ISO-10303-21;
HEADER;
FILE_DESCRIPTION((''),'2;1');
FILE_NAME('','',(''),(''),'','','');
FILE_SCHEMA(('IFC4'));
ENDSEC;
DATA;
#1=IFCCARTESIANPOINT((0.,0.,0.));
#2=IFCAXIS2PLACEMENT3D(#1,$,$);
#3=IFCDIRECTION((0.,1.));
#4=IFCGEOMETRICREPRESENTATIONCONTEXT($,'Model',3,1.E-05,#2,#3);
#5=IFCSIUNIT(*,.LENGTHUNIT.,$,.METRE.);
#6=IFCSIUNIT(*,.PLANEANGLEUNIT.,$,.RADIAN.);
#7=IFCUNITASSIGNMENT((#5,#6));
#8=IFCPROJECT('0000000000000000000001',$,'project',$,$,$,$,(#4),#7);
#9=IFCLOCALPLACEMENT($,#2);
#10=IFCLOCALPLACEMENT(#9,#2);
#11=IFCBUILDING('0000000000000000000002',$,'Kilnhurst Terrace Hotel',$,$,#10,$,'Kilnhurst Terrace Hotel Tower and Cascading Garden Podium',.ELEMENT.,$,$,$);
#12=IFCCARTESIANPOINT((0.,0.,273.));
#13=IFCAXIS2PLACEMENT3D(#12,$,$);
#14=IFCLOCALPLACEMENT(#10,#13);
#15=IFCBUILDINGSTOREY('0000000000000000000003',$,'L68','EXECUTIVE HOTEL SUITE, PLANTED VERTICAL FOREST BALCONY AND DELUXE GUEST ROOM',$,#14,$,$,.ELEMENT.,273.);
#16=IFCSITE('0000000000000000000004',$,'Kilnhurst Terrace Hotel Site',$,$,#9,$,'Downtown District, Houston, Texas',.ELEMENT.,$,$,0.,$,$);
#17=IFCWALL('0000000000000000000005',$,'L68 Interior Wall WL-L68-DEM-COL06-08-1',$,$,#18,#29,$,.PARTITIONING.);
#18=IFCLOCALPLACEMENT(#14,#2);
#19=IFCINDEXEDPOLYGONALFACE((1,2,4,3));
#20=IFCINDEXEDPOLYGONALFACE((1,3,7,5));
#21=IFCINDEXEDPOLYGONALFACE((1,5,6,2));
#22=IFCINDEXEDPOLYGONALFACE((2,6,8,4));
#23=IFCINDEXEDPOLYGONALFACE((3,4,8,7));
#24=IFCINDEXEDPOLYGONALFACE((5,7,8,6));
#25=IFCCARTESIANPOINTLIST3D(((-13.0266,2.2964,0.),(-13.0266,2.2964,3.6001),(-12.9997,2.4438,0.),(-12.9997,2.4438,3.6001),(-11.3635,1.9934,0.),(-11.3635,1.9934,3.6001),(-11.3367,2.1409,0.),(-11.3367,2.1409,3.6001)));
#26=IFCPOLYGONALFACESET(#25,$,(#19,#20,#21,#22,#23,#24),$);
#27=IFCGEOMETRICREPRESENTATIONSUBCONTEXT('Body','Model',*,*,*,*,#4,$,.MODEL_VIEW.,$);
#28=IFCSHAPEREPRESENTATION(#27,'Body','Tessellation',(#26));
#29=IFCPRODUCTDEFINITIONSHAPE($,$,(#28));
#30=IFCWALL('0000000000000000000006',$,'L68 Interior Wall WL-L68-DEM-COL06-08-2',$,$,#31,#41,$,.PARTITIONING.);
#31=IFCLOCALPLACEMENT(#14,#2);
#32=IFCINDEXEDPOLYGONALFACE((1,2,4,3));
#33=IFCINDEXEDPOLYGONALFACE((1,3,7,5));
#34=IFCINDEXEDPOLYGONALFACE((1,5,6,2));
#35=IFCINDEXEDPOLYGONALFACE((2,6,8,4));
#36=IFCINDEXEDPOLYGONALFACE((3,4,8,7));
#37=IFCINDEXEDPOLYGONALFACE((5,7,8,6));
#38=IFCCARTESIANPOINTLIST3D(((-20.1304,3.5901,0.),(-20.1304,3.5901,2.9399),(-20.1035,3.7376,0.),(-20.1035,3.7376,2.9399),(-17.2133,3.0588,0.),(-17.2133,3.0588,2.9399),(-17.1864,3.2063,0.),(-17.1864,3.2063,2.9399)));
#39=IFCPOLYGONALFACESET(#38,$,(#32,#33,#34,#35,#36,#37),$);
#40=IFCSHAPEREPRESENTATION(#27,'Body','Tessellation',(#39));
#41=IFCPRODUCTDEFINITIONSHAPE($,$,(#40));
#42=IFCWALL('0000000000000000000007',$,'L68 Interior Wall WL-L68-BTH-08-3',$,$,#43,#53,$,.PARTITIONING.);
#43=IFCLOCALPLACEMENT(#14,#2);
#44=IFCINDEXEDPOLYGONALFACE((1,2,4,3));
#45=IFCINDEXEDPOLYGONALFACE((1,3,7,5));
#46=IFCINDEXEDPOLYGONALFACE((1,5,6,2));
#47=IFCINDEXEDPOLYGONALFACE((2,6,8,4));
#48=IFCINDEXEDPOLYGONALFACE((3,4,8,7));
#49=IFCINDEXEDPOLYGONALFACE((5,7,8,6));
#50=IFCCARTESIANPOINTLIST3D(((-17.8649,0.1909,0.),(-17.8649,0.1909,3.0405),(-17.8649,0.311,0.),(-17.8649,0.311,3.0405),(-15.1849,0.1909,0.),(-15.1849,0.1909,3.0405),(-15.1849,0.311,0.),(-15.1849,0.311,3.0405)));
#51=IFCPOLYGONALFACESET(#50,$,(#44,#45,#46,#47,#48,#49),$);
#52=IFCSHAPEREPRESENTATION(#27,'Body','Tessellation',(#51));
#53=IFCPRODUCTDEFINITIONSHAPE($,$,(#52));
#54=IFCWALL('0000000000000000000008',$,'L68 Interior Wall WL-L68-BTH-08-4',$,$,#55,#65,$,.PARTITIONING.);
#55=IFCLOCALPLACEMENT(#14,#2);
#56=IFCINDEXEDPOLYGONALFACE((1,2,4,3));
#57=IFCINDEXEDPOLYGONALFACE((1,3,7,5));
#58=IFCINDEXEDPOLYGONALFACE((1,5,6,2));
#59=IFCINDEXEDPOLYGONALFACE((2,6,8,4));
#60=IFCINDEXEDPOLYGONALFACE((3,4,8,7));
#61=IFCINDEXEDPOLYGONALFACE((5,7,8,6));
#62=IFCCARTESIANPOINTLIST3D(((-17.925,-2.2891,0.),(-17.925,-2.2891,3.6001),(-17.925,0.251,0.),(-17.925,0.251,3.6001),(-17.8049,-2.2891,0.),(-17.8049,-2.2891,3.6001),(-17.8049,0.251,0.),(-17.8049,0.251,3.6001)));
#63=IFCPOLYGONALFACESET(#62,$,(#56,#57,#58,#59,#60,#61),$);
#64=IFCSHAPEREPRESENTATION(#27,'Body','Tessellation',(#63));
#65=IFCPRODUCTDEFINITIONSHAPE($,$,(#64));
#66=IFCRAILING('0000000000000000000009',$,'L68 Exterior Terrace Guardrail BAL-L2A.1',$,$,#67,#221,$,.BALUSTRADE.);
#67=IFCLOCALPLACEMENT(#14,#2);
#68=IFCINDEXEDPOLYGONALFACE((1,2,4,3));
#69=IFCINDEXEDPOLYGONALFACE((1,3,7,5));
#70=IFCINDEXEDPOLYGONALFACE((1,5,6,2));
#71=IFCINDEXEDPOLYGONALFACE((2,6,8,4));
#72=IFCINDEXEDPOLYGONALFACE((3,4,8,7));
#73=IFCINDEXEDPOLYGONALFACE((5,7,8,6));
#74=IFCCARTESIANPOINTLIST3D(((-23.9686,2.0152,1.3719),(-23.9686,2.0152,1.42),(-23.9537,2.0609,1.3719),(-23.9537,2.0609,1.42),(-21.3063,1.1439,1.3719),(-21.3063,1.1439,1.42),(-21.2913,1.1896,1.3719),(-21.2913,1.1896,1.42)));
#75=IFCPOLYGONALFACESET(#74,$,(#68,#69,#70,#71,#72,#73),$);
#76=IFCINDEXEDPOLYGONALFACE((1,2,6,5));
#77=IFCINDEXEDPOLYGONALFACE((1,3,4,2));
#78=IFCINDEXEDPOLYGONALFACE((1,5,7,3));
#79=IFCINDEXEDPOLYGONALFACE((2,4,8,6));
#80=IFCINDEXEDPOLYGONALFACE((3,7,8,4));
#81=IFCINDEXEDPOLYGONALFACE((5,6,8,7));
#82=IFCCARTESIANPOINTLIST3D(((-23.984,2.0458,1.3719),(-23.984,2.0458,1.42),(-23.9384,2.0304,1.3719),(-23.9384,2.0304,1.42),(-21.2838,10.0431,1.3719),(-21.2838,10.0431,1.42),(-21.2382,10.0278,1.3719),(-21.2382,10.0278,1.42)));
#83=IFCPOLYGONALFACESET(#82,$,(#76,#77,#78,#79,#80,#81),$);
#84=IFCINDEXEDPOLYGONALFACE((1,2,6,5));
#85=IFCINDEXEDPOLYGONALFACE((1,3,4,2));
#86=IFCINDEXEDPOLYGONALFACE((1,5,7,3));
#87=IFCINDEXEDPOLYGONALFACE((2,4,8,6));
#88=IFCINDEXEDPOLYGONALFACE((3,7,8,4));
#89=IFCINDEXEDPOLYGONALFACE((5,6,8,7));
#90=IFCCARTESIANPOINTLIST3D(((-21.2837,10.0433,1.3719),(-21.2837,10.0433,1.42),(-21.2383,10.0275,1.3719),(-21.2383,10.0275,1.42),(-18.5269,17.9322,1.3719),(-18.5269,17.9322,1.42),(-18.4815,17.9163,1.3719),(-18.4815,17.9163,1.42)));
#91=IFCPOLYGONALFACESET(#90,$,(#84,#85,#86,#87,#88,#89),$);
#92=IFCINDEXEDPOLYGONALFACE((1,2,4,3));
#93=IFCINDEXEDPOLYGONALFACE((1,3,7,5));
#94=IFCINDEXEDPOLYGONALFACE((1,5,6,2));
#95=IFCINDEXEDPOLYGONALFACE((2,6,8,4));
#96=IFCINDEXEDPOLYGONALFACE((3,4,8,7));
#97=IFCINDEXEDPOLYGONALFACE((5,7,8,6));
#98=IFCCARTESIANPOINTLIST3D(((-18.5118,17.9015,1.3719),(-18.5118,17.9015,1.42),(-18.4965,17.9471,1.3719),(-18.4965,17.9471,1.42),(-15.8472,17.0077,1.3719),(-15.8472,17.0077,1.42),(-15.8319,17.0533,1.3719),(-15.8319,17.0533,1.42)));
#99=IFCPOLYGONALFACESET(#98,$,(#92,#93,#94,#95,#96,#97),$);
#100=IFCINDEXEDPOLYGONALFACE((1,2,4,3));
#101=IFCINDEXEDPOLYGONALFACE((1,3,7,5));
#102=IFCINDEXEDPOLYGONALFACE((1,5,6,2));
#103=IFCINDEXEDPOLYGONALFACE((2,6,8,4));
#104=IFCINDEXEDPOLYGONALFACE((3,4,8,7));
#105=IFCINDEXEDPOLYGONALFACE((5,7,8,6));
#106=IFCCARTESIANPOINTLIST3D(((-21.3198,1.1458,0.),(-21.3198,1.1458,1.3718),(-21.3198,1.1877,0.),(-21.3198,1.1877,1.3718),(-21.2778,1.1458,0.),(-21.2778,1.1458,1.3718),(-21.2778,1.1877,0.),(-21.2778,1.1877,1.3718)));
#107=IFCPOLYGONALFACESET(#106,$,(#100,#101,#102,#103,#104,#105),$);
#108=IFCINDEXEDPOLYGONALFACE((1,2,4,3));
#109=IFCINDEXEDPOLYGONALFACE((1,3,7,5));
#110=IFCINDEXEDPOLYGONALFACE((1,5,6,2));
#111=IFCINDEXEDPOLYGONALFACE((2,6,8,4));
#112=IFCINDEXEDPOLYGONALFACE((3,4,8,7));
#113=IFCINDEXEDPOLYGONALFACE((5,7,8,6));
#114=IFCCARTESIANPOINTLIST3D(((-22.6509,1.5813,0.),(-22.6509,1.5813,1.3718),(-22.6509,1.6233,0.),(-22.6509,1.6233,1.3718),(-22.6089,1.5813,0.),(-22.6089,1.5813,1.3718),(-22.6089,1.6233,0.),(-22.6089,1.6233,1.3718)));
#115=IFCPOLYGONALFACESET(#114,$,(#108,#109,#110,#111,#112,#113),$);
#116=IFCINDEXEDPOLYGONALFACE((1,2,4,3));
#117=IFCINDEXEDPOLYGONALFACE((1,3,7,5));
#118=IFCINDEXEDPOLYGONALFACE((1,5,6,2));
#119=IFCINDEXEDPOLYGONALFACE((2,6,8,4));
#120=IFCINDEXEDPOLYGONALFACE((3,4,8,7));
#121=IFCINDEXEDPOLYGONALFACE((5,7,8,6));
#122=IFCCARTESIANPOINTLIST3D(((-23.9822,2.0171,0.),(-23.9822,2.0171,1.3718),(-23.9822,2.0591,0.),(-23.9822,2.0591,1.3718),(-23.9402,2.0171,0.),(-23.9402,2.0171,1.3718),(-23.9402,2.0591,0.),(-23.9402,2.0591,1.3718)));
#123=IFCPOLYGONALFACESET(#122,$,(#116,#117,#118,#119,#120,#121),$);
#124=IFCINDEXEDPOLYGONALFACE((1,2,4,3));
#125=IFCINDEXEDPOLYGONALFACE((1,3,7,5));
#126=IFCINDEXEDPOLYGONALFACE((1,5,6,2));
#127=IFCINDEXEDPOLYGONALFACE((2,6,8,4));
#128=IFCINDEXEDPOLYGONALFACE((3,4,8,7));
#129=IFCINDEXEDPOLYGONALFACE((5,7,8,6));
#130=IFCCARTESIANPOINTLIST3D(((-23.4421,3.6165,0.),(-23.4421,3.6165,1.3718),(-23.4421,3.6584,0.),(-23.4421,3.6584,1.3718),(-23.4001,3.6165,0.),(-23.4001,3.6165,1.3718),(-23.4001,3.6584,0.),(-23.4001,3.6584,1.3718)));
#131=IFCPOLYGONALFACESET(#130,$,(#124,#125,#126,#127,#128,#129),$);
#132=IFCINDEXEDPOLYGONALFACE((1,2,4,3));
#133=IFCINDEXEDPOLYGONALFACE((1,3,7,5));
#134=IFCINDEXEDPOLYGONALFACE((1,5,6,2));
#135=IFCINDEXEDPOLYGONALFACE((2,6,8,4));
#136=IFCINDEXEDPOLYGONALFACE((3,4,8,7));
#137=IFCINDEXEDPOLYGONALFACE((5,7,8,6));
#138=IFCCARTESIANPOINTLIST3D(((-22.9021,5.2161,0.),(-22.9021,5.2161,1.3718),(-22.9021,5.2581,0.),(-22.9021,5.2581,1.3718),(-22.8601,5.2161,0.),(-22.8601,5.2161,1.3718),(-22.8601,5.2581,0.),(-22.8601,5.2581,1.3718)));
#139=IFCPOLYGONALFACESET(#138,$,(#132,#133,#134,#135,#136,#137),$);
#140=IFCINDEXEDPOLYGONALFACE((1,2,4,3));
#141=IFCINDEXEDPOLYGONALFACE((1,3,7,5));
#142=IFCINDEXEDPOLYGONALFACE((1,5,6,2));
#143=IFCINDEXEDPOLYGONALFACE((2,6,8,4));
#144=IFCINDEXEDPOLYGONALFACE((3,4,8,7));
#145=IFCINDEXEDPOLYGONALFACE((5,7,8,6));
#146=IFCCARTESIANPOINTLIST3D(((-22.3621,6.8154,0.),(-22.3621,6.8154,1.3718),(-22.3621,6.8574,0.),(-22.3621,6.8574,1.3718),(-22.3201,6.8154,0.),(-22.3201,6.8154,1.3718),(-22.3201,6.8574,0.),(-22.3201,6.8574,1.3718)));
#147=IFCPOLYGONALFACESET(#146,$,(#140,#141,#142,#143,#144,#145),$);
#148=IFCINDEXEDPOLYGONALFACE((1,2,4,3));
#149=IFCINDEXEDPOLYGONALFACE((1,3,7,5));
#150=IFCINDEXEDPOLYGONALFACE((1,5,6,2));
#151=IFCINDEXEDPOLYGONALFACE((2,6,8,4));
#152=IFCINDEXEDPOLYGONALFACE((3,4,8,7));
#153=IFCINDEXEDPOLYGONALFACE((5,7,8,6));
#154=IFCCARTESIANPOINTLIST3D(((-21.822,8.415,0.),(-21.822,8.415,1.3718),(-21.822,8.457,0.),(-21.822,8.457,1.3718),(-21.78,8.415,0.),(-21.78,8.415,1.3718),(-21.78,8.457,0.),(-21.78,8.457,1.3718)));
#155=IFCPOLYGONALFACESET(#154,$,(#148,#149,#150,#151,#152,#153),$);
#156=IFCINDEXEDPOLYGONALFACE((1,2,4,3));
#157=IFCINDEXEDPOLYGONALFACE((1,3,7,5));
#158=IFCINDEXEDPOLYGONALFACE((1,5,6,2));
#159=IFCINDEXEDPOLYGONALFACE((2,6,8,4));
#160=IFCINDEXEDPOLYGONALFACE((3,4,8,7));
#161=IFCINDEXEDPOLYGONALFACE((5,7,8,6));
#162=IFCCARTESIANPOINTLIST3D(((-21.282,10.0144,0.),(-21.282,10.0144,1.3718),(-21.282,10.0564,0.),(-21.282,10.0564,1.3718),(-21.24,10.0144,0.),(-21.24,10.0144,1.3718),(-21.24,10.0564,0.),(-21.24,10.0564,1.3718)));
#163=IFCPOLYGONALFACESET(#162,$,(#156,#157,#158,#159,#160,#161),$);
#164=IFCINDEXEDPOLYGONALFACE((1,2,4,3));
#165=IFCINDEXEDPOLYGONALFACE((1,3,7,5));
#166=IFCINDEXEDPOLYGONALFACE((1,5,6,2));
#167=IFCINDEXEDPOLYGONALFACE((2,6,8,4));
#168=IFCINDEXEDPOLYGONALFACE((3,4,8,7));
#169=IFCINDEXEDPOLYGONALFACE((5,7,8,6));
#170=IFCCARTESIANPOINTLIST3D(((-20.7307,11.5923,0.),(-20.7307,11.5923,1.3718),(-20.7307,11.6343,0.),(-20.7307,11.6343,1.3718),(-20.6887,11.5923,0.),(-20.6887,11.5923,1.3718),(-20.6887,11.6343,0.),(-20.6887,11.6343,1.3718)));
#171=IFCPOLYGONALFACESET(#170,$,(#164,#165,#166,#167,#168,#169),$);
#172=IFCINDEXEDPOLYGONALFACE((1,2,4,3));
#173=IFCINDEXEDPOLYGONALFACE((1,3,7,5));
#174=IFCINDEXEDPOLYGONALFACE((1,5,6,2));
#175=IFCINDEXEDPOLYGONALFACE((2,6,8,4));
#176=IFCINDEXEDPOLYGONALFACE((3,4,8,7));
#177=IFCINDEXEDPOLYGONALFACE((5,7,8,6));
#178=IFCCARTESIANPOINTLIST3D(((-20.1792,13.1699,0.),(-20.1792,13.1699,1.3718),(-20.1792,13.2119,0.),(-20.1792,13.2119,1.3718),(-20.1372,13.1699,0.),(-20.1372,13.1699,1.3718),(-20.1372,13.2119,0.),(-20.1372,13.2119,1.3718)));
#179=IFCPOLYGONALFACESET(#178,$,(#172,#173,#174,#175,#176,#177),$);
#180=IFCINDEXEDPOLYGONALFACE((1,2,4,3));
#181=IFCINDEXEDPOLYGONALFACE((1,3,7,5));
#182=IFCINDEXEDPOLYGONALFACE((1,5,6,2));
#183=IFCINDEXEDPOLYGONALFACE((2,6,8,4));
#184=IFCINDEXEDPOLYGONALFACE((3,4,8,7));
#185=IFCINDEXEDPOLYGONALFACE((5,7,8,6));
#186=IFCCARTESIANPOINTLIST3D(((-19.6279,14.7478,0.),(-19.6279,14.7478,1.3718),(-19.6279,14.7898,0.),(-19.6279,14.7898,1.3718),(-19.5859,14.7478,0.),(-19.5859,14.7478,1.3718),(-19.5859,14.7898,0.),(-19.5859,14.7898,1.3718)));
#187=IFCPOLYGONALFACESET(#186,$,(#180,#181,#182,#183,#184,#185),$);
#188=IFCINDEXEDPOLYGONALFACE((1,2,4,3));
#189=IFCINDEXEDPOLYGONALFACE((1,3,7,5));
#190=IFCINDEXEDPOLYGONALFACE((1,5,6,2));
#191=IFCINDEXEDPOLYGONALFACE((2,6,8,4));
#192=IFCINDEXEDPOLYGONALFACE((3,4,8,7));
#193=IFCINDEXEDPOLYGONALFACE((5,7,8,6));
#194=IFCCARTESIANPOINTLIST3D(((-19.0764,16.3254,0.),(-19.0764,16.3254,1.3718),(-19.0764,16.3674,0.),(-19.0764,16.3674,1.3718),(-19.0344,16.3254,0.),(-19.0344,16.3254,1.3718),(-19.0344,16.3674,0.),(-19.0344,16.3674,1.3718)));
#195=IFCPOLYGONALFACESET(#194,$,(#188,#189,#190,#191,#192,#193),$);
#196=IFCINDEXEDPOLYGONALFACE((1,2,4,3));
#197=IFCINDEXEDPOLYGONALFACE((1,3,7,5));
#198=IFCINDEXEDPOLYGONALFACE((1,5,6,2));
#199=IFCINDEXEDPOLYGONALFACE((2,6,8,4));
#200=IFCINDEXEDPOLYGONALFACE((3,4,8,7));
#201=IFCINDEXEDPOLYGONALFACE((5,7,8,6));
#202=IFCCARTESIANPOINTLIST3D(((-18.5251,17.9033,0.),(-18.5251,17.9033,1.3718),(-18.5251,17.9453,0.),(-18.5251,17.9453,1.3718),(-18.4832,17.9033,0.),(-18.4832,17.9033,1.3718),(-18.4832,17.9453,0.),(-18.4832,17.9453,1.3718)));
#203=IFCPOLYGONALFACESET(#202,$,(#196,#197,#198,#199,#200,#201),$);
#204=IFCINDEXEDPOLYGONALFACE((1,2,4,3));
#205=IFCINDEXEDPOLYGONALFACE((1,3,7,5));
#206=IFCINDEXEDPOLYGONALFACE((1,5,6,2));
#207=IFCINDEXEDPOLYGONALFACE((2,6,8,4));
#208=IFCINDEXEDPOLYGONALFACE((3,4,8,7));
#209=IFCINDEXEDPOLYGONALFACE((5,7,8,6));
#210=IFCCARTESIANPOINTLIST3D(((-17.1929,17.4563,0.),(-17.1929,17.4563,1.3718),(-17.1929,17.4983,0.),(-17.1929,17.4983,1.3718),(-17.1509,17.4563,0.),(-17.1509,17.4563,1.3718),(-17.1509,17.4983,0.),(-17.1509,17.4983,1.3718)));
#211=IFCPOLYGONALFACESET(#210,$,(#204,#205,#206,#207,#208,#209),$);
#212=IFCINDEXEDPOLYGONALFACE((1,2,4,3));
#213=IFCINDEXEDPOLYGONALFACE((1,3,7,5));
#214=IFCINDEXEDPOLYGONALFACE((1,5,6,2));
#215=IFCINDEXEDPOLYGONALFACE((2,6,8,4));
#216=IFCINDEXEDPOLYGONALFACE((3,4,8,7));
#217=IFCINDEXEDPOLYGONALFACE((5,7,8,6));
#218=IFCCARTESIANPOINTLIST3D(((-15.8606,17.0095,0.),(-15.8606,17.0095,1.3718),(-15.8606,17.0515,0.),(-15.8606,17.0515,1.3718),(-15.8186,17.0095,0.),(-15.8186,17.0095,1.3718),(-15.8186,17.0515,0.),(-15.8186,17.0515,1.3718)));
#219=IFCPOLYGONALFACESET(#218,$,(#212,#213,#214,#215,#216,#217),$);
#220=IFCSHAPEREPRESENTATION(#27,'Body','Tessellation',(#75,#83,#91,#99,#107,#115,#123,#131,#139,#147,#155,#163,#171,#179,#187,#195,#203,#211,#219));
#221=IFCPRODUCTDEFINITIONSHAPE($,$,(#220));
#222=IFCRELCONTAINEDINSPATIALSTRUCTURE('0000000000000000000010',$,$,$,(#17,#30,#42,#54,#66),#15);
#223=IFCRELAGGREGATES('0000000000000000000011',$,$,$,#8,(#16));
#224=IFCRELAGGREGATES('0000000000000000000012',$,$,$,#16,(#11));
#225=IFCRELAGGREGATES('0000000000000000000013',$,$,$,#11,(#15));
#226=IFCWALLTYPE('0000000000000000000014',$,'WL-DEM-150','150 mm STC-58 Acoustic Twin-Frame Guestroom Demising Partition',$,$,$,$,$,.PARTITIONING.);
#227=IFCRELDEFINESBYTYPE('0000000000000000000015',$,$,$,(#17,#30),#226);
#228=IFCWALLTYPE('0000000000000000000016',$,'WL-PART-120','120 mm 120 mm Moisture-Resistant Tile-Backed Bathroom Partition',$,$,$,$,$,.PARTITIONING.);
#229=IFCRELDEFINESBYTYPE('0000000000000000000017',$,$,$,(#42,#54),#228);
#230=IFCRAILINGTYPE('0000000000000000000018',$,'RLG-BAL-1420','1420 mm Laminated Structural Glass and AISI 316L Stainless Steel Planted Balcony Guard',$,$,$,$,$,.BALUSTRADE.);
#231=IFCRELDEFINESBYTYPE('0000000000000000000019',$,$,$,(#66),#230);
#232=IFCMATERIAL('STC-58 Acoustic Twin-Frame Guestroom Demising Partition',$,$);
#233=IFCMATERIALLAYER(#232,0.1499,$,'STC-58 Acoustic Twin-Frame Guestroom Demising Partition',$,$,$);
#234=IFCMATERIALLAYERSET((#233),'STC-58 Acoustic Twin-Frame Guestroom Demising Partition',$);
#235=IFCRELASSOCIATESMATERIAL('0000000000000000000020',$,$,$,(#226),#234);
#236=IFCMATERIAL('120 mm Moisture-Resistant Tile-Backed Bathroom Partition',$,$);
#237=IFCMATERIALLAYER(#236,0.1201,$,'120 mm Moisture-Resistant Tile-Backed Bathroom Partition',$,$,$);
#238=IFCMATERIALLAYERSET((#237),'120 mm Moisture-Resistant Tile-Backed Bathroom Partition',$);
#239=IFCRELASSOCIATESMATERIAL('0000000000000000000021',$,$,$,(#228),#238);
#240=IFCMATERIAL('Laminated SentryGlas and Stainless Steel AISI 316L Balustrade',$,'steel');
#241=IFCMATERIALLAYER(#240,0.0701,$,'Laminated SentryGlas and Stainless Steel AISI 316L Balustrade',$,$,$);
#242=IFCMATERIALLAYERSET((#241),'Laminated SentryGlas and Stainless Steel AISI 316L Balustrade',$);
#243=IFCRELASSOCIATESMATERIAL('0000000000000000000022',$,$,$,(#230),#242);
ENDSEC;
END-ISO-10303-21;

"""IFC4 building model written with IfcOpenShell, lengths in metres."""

from ifc_helpers import new_model, si_unit, direction, frame, frame_2d, origin, origin_2d, place, context, subcontext, project, spatial, rectangle, extrude, material, layer, layer_set, type_object, element, save


model = new_model("IFC4")

# Units and contexts
model_context = context("Model", 3, precision=1e-05, world=origin(), true_north=direction((0.0, 1.0)))
body_context = subcontext(model_context, "Body", "Model", "MODEL_VIEW")
ifc_project = project(units=[si_unit("LENGTHUNIT", "METRE"), si_unit("PLANEANGLEUNIT", "RADIAN")], contexts=[model_context])

# Site, building, storey
site_placement = place(None, origin())
site = spatial("IfcSite", under=ifc_project, at=site_placement, Name="Kilnhurst Terrace Hotel Site", LongName="Downtown District, Houston, Texas", CompositionType="ELEMENT", RefElevation=0.0)
building_placement = place(site_placement, origin())
building = spatial("IfcBuilding", under=site, at=building_placement, Name="Kilnhurst Terrace Hotel", LongName="Kilnhurst Terrace Hotel Tower and Cascading Garden Podium", CompositionType="ELEMENT")
storey_placement = place(building_placement, frame((0.0, 0.0, 273.0)))
storey = spatial("IfcBuildingStorey", under=building, at=storey_placement, Name="L68", Description="EXECUTIVE HOTEL SUITE, PLANTED VERTICAL FOREST BALCONY AND DELUXE GUEST ROOM", CompositionType="ELEMENT", Elevation=273.0)

# Walls
ifc_material_1 = material(Name="STC-58 Acoustic Twin-Frame Guestroom Demising Partition")
ifc_layer_1 = layer(ifc_material_1, 0.1499, Name="STC-58 Acoustic Twin-Frame Guestroom Demising Partition")
ifc_layer_set_1 = layer_set([ifc_layer_1], Name="STC-58 Acoustic Twin-Frame Guestroom Demising Partition")
wall_type_1 = type_object("IfcWallType", Name="WL-DEM-150", Description="150 mm STC-58 Acoustic Twin-Frame Guestroom Demising Partition", PredefinedType="PARTITIONING", material=ifc_layer_set_1)
wall_1_placement = place(storey_placement, frame((-11.3501, 2.0671, 0.0), z_axis=(0.0, 0.0, 1.0), x_axis=(-0.983807, 0.179229, 0.0)))
element("IfcWall", 1, at=wall_1_placement, inside=storey, type_object=wall_type_1, Name="L68 Interior Wall WL-L68-DEM-COL06-08-1", PredefinedType="PARTITIONING", context=body_context, shape_type="SweptSolid", body=[
    extrude(rectangle(XDim=1.6904, YDim=0.1499, at=frame_2d((0.8452, 0.0))), origin(), (0.0, 0.0, 1.0), 3.6001),
])
wall_2_placement = place(storey_placement, frame((-17.2, 3.1326, 0.0), z_axis=(0.0, 0.0, 1.0), x_axis=(-0.983817, 0.179175, 0.0)))
element("IfcWall", 2, at=wall_2_placement, inside=storey, type_object=wall_type_1, Name="L68 Interior Wall WL-L68-DEM-COL06-08-2", PredefinedType="PARTITIONING", context=body_context, shape_type="SweptSolid", body=[
    extrude(rectangle(XDim=2.9651, YDim=0.1499, at=frame_2d((1.4824, 0.0))), origin(), (0.0, 0.0, 1.0), 2.9399),
])
ifc_material_2 = material(Name="120 mm Moisture-Resistant Tile-Backed Bathroom Partition")
ifc_layer_2 = layer(ifc_material_2, 0.1201, Name="120 mm Moisture-Resistant Tile-Backed Bathroom Partition")
ifc_layer_set_2 = layer_set([ifc_layer_2], Name="120 mm Moisture-Resistant Tile-Backed Bathroom Partition")
wall_type_2 = type_object("IfcWallType", Name="WL-PART-120", Description="120 mm 120 mm Moisture-Resistant Tile-Backed Bathroom Partition", PredefinedType="PARTITIONING", material=ifc_layer_set_2)
wall_3_placement = place(storey_placement, frame((-15.1851, 0.251, 0.0), z_axis=(0.0, 0.0, 1.0), x_axis=(-1.0, 0.0, 0.0)))
element("IfcWall", 3, at=wall_3_placement, inside=storey, type_object=wall_type_2, Name="L68 Interior Wall WL-L68-BTH-08-3", PredefinedType="PARTITIONING", context=body_context, shape_type="SweptSolid", body=[
    extrude(rectangle(XDim=2.6799, YDim=0.1201, at=frame_2d((1.3398, 0.0))), origin(), (0.0, 0.0, 1.0), 3.0405),
])
wall_4_placement = place(storey_placement, frame((-17.865, 0.251, 0.0), z_axis=(0.0, 0.0, 1.0), x_axis=(0.0, -1.0, 0.0)))
element("IfcWall", 4, at=wall_4_placement, inside=storey, type_object=wall_type_2, Name="L68 Interior Wall WL-L68-BTH-08-4", PredefinedType="PARTITIONING", context=body_context, shape_type="SweptSolid", body=[
    extrude(rectangle(XDim=2.54, YDim=0.1201, at=frame_2d((1.27, 0.0))), origin(), (0.0, 0.0, 1.0), 3.6001),
])

# Railing
ifc_material_3 = material(Name="Laminated SentryGlas and Stainless Steel AISI 316L Balustrade", Category="steel")
ifc_layer_3 = layer(ifc_material_3, 0.0701, Name="Laminated SentryGlas and Stainless Steel AISI 316L Balustrade")
ifc_layer_set_3 = layer_set([ifc_layer_3], Name="Laminated SentryGlas and Stainless Steel AISI 316L Balustrade")
railing_type = type_object("IfcRailingType", Name="RLG-BAL-1420", Description="1420 mm Laminated Structural Glass and AISI 316L Stainless Steel Planted Balcony Guard", PredefinedType="BALUSTRADE", material=ifc_layer_set_3)
railing_placement = place(storey_placement, frame((-21.2988, 1.1667, 0.0)))
element("IfcRailing", 5, at=railing_placement, inside=storey, type_object=railing_type, Name="L68 Exterior Terrace Guardrail BAL-L2A.1", PredefinedType="BALUSTRADE", context=body_context, shape_type="SweptSolid", body=[
    extrude(rectangle(XDim=0.0481, YDim=0.0481, at=origin_2d()), frame((0.0, 0.0, 1.396), z_axis=(-0.950395, 0.311046, 0.0), x_axis=(-0.311046, -0.950395, 0.0)), (0.0, 0.0, 1.0), 2.8013),
    extrude(rectangle(XDim=0.0481, YDim=0.0481, at=origin_2d()), frame((-2.6624, 0.8713, 1.396), z_axis=(0.319896, 0.947453, 0.0), x_axis=(-0.947453, 0.319896, 0.0)), (0.0, 0.0, 1.0), 8.4409),
    extrude(rectangle(XDim=0.0481, YDim=0.0481, at=origin_2d()), frame((0.0378, 8.8687, 1.396), z_axis=(0.329894, 0.944018, 0.0), x_axis=(-0.944018, 0.329894, 0.0)), (0.0, 0.0, 1.0), 8.3567),
    extrude(rectangle(XDim=0.0481, YDim=0.0481, at=origin_2d()), frame((2.7947, 16.7576, 1.396), z_axis=(0.948082, -0.318025, 0.0), x_axis=(0.318025, 0.948082, 0.0)), (0.0, 0.0, 1.0), 2.8105),
    extrude(rectangle(XDim=0.042, YDim=0.042, at=origin_2d()), origin(), (0.0, 0.0, 1.0), 1.3718),
    extrude(rectangle(XDim=0.042, YDim=0.042, at=origin_2d()), frame((-1.3311, 0.4355, 0.0)), (0.0, 0.0, 1.0), 1.3718),
    extrude(rectangle(XDim=0.042, YDim=0.042, at=origin_2d()), frame((-2.6624, 0.8713, 0.0)), (0.0, 0.0, 1.0), 1.3718),
    extrude(rectangle(XDim=0.042, YDim=0.042, at=origin_2d()), frame((-2.1223, 2.4707, 0.0)), (0.0, 0.0, 1.0), 1.3718),
    extrude(rectangle(XDim=0.042, YDim=0.042, at=origin_2d()), frame((-1.5823, 4.0703, 0.0)), (0.0, 0.0, 1.0), 1.3718),
    extrude(rectangle(XDim=0.042, YDim=0.042, at=origin_2d()), frame((-1.0422, 5.6697, 0.0)), (0.0, 0.0, 1.0), 1.3718),
    extrude(rectangle(XDim=0.042, YDim=0.042, at=origin_2d()), frame((-0.5022, 7.2693, 0.0)), (0.0, 0.0, 1.0), 1.3718),
    extrude(rectangle(XDim=0.042, YDim=0.042, at=origin_2d()), frame((0.0378, 8.8687, 0.0)), (0.0, 0.0, 1.0), 1.3718),
    extrude(rectangle(XDim=0.042, YDim=0.042, at=origin_2d()), frame((0.5891, 10.4465, 0.0)), (0.0, 0.0, 1.0), 1.3718),
    extrude(rectangle(XDim=0.042, YDim=0.042, at=origin_2d()), frame((1.1406, 12.0242, 0.0)), (0.0, 0.0, 1.0), 1.3718),
    extrude(rectangle(XDim=0.042, YDim=0.042, at=origin_2d()), frame((1.6919, 13.6021, 0.0)), (0.0, 0.0, 1.0), 1.3718),
    extrude(rectangle(XDim=0.042, YDim=0.042, at=origin_2d()), frame((2.2434, 15.1797, 0.0)), (0.0, 0.0, 1.0), 1.3718),
    extrude(rectangle(XDim=0.042, YDim=0.042, at=origin_2d()), frame((2.7947, 16.7576, 0.0)), (0.0, 0.0, 1.0), 1.3718),
    extrude(rectangle(XDim=0.042, YDim=0.042, at=origin_2d()), frame((4.127, 16.3105, 0.0)), (0.0, 0.0, 1.0), 1.3718),
    extrude(rectangle(XDim=0.042, YDim=0.042, at=origin_2d()), frame((5.4592, 15.8638, 0.0)), (0.0, 0.0, 1.0), 1.3718),
])

save(model, "model.ifc")
